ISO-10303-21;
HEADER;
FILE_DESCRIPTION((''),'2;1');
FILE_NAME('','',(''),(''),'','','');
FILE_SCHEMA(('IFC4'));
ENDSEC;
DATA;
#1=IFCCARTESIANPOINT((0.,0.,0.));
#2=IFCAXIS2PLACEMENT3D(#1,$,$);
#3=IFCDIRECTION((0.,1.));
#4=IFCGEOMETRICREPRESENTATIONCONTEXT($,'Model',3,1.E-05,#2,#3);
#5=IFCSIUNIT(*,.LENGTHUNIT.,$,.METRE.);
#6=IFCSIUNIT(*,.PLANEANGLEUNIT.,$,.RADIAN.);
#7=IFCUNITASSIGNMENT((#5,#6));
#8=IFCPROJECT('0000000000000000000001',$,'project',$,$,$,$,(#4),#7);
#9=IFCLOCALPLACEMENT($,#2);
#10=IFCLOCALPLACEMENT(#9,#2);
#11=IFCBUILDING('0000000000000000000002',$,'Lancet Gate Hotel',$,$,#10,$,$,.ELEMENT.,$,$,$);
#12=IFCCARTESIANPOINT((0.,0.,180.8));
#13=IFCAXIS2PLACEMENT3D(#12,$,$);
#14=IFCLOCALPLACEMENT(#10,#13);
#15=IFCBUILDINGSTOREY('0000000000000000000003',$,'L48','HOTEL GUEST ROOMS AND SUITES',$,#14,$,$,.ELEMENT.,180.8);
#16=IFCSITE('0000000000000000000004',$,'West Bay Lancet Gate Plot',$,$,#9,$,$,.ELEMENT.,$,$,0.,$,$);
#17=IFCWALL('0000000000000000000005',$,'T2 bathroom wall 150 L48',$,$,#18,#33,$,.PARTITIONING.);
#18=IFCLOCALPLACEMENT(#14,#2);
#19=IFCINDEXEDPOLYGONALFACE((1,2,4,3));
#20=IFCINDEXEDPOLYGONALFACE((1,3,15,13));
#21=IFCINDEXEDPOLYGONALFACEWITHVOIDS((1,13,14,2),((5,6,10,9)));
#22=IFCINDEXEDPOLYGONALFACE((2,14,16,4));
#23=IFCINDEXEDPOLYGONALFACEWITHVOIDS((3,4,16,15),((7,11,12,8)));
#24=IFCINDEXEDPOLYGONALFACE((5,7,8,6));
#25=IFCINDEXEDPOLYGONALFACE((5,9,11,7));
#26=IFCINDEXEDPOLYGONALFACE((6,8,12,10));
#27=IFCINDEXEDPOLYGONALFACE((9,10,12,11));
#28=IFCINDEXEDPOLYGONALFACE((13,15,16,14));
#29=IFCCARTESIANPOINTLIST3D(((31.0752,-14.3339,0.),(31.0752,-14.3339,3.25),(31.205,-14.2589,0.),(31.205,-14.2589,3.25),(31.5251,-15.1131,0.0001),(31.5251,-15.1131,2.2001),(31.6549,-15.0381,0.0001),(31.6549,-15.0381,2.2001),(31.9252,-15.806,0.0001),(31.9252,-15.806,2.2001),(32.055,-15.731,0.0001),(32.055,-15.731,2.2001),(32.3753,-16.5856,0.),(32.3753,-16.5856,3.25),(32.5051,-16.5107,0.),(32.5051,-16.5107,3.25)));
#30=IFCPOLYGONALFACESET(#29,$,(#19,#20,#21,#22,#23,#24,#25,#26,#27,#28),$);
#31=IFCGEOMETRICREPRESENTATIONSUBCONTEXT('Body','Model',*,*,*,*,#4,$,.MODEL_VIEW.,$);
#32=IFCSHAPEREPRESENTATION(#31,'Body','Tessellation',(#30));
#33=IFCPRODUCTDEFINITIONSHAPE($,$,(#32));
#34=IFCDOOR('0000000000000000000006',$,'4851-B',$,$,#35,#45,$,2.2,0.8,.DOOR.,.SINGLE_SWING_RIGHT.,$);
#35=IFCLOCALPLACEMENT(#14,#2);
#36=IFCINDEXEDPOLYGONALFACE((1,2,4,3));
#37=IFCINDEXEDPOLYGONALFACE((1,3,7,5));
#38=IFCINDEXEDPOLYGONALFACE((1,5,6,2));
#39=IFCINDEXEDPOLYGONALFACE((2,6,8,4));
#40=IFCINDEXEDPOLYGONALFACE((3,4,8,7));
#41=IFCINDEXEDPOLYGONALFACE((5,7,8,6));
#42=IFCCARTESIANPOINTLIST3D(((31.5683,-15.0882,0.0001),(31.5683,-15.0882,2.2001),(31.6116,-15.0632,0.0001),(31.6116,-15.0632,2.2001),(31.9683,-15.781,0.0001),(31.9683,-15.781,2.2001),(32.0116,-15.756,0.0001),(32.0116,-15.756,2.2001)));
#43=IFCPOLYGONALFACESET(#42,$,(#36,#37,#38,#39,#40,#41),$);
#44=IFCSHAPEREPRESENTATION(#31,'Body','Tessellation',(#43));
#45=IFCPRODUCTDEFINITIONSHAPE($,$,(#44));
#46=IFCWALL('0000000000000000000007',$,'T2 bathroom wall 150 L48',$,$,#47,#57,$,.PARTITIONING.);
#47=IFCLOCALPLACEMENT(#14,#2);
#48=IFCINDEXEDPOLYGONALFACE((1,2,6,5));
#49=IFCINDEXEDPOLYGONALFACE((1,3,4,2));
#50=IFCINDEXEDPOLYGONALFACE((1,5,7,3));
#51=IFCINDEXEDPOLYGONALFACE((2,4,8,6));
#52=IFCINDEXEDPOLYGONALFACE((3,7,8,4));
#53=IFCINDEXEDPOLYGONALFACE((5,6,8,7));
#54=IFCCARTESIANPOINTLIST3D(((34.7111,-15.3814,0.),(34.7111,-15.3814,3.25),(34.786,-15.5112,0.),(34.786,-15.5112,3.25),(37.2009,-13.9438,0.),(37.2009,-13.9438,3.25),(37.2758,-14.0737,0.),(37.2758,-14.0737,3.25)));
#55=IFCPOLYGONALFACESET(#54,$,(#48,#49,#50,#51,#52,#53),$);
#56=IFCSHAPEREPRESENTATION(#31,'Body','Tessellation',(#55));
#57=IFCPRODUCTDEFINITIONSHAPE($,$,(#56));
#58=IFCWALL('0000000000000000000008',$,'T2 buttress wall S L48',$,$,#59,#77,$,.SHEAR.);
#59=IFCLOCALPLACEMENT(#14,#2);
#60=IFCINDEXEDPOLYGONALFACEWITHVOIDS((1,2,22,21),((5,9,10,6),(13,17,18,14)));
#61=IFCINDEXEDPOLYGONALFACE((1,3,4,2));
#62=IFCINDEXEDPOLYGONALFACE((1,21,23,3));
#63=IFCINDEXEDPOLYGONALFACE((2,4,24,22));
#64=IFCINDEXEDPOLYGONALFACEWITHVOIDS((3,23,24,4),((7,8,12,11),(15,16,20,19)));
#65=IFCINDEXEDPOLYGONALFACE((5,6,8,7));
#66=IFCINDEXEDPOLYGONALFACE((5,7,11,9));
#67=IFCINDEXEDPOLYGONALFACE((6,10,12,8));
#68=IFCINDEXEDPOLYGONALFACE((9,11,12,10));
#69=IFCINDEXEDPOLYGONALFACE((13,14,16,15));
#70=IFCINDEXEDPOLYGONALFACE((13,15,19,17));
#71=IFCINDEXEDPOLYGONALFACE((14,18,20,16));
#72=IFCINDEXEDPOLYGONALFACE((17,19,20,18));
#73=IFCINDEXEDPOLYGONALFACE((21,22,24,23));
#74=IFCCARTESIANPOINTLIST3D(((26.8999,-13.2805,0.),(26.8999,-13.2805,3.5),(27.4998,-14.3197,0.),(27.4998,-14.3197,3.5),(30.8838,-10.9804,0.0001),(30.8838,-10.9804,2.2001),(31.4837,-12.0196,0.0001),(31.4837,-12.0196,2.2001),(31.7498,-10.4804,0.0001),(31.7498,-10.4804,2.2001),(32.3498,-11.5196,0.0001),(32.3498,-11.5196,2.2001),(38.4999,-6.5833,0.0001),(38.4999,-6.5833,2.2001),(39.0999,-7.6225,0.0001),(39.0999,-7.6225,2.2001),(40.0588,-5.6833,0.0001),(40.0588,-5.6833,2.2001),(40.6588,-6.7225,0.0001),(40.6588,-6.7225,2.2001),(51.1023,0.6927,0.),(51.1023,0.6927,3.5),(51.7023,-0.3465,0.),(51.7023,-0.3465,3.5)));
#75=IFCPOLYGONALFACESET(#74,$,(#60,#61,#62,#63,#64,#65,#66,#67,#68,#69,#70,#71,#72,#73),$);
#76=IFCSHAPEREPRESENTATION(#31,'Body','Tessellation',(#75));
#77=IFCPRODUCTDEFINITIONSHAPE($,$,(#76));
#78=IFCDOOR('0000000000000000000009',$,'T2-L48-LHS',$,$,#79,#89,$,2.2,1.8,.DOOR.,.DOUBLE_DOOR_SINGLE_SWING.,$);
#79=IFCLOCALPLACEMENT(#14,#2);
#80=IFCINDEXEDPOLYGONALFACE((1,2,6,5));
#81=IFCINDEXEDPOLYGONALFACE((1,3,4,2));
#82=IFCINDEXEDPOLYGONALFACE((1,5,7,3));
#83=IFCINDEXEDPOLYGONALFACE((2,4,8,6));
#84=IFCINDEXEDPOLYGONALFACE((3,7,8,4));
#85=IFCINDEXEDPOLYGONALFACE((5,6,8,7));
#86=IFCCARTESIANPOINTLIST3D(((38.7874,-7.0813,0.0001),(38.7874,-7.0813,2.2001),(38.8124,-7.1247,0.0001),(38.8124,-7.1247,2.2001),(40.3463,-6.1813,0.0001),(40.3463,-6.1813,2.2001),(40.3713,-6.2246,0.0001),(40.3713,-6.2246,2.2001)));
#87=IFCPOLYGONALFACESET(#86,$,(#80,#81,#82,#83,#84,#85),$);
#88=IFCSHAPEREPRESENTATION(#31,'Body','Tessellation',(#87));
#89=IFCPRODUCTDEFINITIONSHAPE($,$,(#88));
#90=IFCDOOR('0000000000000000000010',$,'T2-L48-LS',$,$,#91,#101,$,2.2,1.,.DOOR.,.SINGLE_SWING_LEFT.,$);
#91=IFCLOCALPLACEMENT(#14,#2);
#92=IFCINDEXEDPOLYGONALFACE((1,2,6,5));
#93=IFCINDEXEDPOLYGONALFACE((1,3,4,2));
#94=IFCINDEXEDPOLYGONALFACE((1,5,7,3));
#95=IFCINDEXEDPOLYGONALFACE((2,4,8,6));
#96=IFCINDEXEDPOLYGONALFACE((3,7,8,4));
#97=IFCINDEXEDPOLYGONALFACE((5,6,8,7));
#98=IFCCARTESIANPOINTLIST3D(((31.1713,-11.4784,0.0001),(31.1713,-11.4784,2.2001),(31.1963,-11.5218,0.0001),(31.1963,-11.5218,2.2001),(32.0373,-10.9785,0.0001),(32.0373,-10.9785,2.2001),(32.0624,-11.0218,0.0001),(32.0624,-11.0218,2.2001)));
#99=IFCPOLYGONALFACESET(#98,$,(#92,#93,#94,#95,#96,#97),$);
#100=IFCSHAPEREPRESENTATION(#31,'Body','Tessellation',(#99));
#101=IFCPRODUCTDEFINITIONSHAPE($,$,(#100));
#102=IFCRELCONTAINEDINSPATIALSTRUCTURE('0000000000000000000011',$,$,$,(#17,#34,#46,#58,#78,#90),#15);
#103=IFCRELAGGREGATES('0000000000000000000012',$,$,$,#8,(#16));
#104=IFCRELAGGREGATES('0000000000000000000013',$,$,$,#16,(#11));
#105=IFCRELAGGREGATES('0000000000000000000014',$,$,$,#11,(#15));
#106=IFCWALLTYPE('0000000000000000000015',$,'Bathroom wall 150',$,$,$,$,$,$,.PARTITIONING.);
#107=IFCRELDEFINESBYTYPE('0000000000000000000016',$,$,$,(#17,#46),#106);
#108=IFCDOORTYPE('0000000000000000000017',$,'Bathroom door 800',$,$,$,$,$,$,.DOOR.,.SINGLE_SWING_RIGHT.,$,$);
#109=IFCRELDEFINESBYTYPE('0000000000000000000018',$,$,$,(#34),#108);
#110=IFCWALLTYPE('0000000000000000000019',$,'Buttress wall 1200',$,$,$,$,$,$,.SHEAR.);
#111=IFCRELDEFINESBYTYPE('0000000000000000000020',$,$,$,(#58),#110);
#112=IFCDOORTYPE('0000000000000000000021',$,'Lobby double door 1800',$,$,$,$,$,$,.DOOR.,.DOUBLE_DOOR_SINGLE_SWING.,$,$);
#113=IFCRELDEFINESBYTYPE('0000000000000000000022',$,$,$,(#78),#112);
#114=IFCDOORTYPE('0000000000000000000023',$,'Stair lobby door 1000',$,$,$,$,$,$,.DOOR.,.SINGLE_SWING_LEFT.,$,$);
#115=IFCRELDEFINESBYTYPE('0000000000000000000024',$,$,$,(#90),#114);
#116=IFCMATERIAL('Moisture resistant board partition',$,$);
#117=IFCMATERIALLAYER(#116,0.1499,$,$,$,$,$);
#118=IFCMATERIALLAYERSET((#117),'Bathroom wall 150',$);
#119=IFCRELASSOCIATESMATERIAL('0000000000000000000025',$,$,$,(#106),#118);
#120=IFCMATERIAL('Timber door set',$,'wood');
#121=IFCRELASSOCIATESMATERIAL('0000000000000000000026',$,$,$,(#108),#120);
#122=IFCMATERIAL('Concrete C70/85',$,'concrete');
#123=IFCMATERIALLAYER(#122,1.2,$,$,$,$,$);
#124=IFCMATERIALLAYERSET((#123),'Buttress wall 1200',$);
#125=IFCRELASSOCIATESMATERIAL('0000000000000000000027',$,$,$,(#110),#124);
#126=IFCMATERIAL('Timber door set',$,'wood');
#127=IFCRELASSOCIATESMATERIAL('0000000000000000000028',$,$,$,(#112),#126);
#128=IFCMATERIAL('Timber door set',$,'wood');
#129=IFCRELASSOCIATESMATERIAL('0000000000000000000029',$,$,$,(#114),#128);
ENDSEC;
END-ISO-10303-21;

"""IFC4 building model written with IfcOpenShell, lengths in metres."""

from ifc_helpers import new_model, si_unit, direction, frame, frame_2d, origin, place, context, subcontext, project, spatial, rectangle, extrude, material, layer, layer_set, type_object, element, fill, save


model = new_model("IFC4")

# Units and contexts
model_context = context("Model", 3, precision=1e-05, world=origin(), true_north=direction((0.0, 1.0)))
body_context = subcontext(model_context, "Body", "Model", "MODEL_VIEW")
ifc_project = project(units=[si_unit("LENGTHUNIT", "METRE"), si_unit("PLANEANGLEUNIT", "RADIAN")], contexts=[model_context])

# Site, building, storey
site_placement = place(None, origin())
site = spatial("IfcSite", under=ifc_project, at=site_placement, Name="West Bay Lancet Gate Plot", CompositionType="ELEMENT", RefElevation=0.0)
building_placement = place(site_placement, origin())
building = spatial("IfcBuilding", under=site, at=building_placement, Name="Lancet Gate Hotel", CompositionType="ELEMENT")
storey_placement = place(building_placement, frame((0.0, 0.0, 180.8)))
storey = spatial("IfcBuildingStorey", under=building, at=storey_placement, Name="L48", Description="HOTEL GUEST ROOMS AND SUITES", CompositionType="ELEMENT", Elevation=180.8)

# Shared definitions
ifc_material_1 = material(Name="Moisture resistant board partition")
ifc_layer_1 = layer(ifc_material_1, 0.1499)
ifc_layer_set_1 = layer_set([ifc_layer_1], Name="Bathroom wall 150")
wall_type_1 = type_object("IfcWallType", Name="Bathroom wall 150", PredefinedType="PARTITIONING", material=ifc_layer_set_1)

# Wall, opening, door
wall_1_placement = place(storey_placement, frame((31.1401, -14.2964, 0.0), z_axis=(0.0, 0.0, 1.0), x_axis=(0.500007, -0.866021, 0.0)))
wall_1 = element("IfcWall", 1, at=wall_1_placement, inside=storey, type_object=wall_type_1, Name="T2 bathroom wall 150 L48", PredefinedType="PARTITIONING", context=body_context, shape_type="SweptSolid", body=[
    extrude(rectangle(XDim=2.6001, YDim=0.1499, at=frame_2d((1.3, 0.0))), origin(), (0.0, 0.0, 1.0), 3.25),
])
opening_1_placement = place(wall_1_placement, frame((0.8999, 0.0, 0.0)))
opening_1 = element("IfcOpeningElement", 2, at=opening_1_placement, cuts=wall_1, PredefinedType="OPENING", context=body_context, shape_type="SweptSolid", body=[
    extrude(rectangle(XDim=0.8, YDim=2.2, at=frame_2d((0.3999, 1.1001))), frame((0.0, 0.085, 0.0), z_axis=(0.0, -1.0, 0.0), x_axis=(1.0, 0.0, 0.0)), (0.0, 0.0, 1.0), 0.1699),
])
ifc_material_2 = material(Name="Timber door set", Category="wood")
door_type_1 = type_object("IfcDoorType", Name="Bathroom door 800", OperationType="SINGLE_SWING_RIGHT", PredefinedType="DOOR", material=ifc_material_2)
door_1_placement = place(opening_1_placement, origin())
door_1 = element("IfcDoor", 3, at=door_1_placement, inside=storey, type_object=door_type_1, Name="4851-B", OperationType="SINGLE_SWING_RIGHT", OverallHeight=2.2, OverallWidth=0.8, PredefinedType="DOOR", context=body_context, shape_type="SweptSolid", body=[
    extrude(rectangle(XDim=0.8, YDim=2.2, at=frame_2d((0.3999, 1.1001))), frame((0.0, 0.0249, 0.0), z_axis=(0.0, -1.0, 0.0), x_axis=(1.0, 0.0, 0.0)), (0.0, 0.0, 1.0), 0.05),
])
fill(opening_1, door_1)

# Wall
wall_2_placement = place(storey_placement, frame((34.7485, -15.4463, 0.0), z_axis=(0.0, 0.0, 1.0), x_axis=(0.866019, 0.500012, 0.0)))
element("IfcWall", 4, at=wall_2_placement, inside=storey, type_object=wall_type_1, Name="T2 bathroom wall 150 L48", PredefinedType="PARTITIONING", context=body_context, shape_type="SweptSolid", body=[
    extrude(rectangle(XDim=2.875, YDim=0.1499, at=frame_2d((1.4375, 0.0))), origin(), (0.0, 0.0, 1.0), 3.25),
])

# Wall, openings, doors
ifc_material_3 = material(Name="Concrete C70/85", Category="concrete")
ifc_layer_2 = layer(ifc_material_3, 1.2)
ifc_layer_set_2 = layer_set([ifc_layer_2], Name="Buttress wall 1200")
wall_type_2 = type_object("IfcWallType", Name="Buttress wall 1200", PredefinedType="SHEAR", material=ifc_layer_set_2)
wall_3_placement = place(storey_placement, frame((27.2, -13.8, 0.0), z_axis=(0.0, 0.0, 1.0), x_axis=(0.866027, 0.499997, 0.0)))
wall_3 = element("IfcWall", 5, at=wall_3_placement, inside=storey, type_object=wall_type_2, Name="T2 buttress wall S L48", PredefinedType="SHEAR", context=body_context, shape_type="SweptSolid", body=[
    extrude(rectangle(XDim=27.9465, YDim=1.2, at=frame_2d((13.9731, 0.0))), origin(), (0.0, 0.0, 1.0), 3.5),
])
opening_2_placement = place(wall_3_placement, frame((4.6001, 0.0, 0.0)))
opening_2 = element("IfcOpeningElement", 6, at=opening_2_placement, cuts=wall_3, PredefinedType="OPENING", context=body_context, shape_type="SweptSolid", body=[
    extrude(rectangle(XDim=1.0, YDim=2.2, at=frame_2d((0.5, 1.1001))), frame((0.0, 0.6099, 0.0), z_axis=(0.0, -1.0, 0.0), x_axis=(1.0, 0.0, 0.0)), (0.0, 0.0, 1.0), 1.22),
])
opening_3_placement = place(wall_3_placement, frame((13.3945, 0.0, 0.0)))
opening_3 = element("IfcOpeningElement", 7, at=opening_3_placement, cuts=wall_3, PredefinedType="OPENING", context=body_context, shape_type="SweptSolid", body=[
    extrude(rectangle(XDim=1.8, YDim=2.2, at=frame_2d((0.8999, 1.1001))), frame((0.0, 0.6099, 0.0), z_axis=(0.0, -1.0, 0.0), x_axis=(1.0, 0.0, 0.0)), (0.0, 0.0, 1.0), 1.22),
])
ifc_material_4 = material(Name="Timber door set", Category="wood")
door_type_2 = type_object("IfcDoorType", Name="Lobby double door 1800", OperationType="DOUBLE_DOOR_SINGLE_SWING", PredefinedType="DOOR", material=ifc_material_4)
door_2_placement = place(opening_3_placement, origin())
door_2 = element("IfcDoor", 8, at=door_2_placement, inside=storey, type_object=door_type_2, Name="T2-L48-LHS", OperationType="DOUBLE_DOOR_SINGLE_SWING", OverallHeight=2.2, OverallWidth=1.8, PredefinedType="DOOR", context=body_context, shape_type="SweptSolid", body=[
    extrude(rectangle(XDim=1.8, YDim=2.2, at=frame_2d((0.8999, 1.1001))), frame((0.0, 0.0249, 0.0), z_axis=(0.0, -1.0, 0.0), x_axis=(1.0, 0.0, 0.0)), (0.0, 0.0, 1.0), 0.05),
])
fill(opening_3, door_2)
ifc_material_5 = material(Name="Timber door set", Category="wood")
door_type_3 = type_object("IfcDoorType", Name="Stair lobby door 1000", OperationType="SINGLE_SWING_LEFT", PredefinedType="DOOR", material=ifc_material_5)
door_3_placement = place(opening_2_placement, origin())
door_3 = element("IfcDoor", 9, at=door_3_placement, inside=storey, type_object=door_type_3, Name="T2-L48-LS", OperationType="SINGLE_SWING_LEFT", OverallHeight=2.2, OverallWidth=1.0, PredefinedType="DOOR", context=body_context, shape_type="SweptSolid", body=[
    extrude(rectangle(XDim=1.0, YDim=2.2, at=frame_2d((0.5, 1.1001))), frame((0.0, 0.0249, 0.0), z_axis=(0.0, -1.0, 0.0), x_axis=(1.0, 0.0, 0.0)), (0.0, 0.0, 1.0), 0.05),
])
fill(opening_2, door_3)

save(model, "model.ifc")
